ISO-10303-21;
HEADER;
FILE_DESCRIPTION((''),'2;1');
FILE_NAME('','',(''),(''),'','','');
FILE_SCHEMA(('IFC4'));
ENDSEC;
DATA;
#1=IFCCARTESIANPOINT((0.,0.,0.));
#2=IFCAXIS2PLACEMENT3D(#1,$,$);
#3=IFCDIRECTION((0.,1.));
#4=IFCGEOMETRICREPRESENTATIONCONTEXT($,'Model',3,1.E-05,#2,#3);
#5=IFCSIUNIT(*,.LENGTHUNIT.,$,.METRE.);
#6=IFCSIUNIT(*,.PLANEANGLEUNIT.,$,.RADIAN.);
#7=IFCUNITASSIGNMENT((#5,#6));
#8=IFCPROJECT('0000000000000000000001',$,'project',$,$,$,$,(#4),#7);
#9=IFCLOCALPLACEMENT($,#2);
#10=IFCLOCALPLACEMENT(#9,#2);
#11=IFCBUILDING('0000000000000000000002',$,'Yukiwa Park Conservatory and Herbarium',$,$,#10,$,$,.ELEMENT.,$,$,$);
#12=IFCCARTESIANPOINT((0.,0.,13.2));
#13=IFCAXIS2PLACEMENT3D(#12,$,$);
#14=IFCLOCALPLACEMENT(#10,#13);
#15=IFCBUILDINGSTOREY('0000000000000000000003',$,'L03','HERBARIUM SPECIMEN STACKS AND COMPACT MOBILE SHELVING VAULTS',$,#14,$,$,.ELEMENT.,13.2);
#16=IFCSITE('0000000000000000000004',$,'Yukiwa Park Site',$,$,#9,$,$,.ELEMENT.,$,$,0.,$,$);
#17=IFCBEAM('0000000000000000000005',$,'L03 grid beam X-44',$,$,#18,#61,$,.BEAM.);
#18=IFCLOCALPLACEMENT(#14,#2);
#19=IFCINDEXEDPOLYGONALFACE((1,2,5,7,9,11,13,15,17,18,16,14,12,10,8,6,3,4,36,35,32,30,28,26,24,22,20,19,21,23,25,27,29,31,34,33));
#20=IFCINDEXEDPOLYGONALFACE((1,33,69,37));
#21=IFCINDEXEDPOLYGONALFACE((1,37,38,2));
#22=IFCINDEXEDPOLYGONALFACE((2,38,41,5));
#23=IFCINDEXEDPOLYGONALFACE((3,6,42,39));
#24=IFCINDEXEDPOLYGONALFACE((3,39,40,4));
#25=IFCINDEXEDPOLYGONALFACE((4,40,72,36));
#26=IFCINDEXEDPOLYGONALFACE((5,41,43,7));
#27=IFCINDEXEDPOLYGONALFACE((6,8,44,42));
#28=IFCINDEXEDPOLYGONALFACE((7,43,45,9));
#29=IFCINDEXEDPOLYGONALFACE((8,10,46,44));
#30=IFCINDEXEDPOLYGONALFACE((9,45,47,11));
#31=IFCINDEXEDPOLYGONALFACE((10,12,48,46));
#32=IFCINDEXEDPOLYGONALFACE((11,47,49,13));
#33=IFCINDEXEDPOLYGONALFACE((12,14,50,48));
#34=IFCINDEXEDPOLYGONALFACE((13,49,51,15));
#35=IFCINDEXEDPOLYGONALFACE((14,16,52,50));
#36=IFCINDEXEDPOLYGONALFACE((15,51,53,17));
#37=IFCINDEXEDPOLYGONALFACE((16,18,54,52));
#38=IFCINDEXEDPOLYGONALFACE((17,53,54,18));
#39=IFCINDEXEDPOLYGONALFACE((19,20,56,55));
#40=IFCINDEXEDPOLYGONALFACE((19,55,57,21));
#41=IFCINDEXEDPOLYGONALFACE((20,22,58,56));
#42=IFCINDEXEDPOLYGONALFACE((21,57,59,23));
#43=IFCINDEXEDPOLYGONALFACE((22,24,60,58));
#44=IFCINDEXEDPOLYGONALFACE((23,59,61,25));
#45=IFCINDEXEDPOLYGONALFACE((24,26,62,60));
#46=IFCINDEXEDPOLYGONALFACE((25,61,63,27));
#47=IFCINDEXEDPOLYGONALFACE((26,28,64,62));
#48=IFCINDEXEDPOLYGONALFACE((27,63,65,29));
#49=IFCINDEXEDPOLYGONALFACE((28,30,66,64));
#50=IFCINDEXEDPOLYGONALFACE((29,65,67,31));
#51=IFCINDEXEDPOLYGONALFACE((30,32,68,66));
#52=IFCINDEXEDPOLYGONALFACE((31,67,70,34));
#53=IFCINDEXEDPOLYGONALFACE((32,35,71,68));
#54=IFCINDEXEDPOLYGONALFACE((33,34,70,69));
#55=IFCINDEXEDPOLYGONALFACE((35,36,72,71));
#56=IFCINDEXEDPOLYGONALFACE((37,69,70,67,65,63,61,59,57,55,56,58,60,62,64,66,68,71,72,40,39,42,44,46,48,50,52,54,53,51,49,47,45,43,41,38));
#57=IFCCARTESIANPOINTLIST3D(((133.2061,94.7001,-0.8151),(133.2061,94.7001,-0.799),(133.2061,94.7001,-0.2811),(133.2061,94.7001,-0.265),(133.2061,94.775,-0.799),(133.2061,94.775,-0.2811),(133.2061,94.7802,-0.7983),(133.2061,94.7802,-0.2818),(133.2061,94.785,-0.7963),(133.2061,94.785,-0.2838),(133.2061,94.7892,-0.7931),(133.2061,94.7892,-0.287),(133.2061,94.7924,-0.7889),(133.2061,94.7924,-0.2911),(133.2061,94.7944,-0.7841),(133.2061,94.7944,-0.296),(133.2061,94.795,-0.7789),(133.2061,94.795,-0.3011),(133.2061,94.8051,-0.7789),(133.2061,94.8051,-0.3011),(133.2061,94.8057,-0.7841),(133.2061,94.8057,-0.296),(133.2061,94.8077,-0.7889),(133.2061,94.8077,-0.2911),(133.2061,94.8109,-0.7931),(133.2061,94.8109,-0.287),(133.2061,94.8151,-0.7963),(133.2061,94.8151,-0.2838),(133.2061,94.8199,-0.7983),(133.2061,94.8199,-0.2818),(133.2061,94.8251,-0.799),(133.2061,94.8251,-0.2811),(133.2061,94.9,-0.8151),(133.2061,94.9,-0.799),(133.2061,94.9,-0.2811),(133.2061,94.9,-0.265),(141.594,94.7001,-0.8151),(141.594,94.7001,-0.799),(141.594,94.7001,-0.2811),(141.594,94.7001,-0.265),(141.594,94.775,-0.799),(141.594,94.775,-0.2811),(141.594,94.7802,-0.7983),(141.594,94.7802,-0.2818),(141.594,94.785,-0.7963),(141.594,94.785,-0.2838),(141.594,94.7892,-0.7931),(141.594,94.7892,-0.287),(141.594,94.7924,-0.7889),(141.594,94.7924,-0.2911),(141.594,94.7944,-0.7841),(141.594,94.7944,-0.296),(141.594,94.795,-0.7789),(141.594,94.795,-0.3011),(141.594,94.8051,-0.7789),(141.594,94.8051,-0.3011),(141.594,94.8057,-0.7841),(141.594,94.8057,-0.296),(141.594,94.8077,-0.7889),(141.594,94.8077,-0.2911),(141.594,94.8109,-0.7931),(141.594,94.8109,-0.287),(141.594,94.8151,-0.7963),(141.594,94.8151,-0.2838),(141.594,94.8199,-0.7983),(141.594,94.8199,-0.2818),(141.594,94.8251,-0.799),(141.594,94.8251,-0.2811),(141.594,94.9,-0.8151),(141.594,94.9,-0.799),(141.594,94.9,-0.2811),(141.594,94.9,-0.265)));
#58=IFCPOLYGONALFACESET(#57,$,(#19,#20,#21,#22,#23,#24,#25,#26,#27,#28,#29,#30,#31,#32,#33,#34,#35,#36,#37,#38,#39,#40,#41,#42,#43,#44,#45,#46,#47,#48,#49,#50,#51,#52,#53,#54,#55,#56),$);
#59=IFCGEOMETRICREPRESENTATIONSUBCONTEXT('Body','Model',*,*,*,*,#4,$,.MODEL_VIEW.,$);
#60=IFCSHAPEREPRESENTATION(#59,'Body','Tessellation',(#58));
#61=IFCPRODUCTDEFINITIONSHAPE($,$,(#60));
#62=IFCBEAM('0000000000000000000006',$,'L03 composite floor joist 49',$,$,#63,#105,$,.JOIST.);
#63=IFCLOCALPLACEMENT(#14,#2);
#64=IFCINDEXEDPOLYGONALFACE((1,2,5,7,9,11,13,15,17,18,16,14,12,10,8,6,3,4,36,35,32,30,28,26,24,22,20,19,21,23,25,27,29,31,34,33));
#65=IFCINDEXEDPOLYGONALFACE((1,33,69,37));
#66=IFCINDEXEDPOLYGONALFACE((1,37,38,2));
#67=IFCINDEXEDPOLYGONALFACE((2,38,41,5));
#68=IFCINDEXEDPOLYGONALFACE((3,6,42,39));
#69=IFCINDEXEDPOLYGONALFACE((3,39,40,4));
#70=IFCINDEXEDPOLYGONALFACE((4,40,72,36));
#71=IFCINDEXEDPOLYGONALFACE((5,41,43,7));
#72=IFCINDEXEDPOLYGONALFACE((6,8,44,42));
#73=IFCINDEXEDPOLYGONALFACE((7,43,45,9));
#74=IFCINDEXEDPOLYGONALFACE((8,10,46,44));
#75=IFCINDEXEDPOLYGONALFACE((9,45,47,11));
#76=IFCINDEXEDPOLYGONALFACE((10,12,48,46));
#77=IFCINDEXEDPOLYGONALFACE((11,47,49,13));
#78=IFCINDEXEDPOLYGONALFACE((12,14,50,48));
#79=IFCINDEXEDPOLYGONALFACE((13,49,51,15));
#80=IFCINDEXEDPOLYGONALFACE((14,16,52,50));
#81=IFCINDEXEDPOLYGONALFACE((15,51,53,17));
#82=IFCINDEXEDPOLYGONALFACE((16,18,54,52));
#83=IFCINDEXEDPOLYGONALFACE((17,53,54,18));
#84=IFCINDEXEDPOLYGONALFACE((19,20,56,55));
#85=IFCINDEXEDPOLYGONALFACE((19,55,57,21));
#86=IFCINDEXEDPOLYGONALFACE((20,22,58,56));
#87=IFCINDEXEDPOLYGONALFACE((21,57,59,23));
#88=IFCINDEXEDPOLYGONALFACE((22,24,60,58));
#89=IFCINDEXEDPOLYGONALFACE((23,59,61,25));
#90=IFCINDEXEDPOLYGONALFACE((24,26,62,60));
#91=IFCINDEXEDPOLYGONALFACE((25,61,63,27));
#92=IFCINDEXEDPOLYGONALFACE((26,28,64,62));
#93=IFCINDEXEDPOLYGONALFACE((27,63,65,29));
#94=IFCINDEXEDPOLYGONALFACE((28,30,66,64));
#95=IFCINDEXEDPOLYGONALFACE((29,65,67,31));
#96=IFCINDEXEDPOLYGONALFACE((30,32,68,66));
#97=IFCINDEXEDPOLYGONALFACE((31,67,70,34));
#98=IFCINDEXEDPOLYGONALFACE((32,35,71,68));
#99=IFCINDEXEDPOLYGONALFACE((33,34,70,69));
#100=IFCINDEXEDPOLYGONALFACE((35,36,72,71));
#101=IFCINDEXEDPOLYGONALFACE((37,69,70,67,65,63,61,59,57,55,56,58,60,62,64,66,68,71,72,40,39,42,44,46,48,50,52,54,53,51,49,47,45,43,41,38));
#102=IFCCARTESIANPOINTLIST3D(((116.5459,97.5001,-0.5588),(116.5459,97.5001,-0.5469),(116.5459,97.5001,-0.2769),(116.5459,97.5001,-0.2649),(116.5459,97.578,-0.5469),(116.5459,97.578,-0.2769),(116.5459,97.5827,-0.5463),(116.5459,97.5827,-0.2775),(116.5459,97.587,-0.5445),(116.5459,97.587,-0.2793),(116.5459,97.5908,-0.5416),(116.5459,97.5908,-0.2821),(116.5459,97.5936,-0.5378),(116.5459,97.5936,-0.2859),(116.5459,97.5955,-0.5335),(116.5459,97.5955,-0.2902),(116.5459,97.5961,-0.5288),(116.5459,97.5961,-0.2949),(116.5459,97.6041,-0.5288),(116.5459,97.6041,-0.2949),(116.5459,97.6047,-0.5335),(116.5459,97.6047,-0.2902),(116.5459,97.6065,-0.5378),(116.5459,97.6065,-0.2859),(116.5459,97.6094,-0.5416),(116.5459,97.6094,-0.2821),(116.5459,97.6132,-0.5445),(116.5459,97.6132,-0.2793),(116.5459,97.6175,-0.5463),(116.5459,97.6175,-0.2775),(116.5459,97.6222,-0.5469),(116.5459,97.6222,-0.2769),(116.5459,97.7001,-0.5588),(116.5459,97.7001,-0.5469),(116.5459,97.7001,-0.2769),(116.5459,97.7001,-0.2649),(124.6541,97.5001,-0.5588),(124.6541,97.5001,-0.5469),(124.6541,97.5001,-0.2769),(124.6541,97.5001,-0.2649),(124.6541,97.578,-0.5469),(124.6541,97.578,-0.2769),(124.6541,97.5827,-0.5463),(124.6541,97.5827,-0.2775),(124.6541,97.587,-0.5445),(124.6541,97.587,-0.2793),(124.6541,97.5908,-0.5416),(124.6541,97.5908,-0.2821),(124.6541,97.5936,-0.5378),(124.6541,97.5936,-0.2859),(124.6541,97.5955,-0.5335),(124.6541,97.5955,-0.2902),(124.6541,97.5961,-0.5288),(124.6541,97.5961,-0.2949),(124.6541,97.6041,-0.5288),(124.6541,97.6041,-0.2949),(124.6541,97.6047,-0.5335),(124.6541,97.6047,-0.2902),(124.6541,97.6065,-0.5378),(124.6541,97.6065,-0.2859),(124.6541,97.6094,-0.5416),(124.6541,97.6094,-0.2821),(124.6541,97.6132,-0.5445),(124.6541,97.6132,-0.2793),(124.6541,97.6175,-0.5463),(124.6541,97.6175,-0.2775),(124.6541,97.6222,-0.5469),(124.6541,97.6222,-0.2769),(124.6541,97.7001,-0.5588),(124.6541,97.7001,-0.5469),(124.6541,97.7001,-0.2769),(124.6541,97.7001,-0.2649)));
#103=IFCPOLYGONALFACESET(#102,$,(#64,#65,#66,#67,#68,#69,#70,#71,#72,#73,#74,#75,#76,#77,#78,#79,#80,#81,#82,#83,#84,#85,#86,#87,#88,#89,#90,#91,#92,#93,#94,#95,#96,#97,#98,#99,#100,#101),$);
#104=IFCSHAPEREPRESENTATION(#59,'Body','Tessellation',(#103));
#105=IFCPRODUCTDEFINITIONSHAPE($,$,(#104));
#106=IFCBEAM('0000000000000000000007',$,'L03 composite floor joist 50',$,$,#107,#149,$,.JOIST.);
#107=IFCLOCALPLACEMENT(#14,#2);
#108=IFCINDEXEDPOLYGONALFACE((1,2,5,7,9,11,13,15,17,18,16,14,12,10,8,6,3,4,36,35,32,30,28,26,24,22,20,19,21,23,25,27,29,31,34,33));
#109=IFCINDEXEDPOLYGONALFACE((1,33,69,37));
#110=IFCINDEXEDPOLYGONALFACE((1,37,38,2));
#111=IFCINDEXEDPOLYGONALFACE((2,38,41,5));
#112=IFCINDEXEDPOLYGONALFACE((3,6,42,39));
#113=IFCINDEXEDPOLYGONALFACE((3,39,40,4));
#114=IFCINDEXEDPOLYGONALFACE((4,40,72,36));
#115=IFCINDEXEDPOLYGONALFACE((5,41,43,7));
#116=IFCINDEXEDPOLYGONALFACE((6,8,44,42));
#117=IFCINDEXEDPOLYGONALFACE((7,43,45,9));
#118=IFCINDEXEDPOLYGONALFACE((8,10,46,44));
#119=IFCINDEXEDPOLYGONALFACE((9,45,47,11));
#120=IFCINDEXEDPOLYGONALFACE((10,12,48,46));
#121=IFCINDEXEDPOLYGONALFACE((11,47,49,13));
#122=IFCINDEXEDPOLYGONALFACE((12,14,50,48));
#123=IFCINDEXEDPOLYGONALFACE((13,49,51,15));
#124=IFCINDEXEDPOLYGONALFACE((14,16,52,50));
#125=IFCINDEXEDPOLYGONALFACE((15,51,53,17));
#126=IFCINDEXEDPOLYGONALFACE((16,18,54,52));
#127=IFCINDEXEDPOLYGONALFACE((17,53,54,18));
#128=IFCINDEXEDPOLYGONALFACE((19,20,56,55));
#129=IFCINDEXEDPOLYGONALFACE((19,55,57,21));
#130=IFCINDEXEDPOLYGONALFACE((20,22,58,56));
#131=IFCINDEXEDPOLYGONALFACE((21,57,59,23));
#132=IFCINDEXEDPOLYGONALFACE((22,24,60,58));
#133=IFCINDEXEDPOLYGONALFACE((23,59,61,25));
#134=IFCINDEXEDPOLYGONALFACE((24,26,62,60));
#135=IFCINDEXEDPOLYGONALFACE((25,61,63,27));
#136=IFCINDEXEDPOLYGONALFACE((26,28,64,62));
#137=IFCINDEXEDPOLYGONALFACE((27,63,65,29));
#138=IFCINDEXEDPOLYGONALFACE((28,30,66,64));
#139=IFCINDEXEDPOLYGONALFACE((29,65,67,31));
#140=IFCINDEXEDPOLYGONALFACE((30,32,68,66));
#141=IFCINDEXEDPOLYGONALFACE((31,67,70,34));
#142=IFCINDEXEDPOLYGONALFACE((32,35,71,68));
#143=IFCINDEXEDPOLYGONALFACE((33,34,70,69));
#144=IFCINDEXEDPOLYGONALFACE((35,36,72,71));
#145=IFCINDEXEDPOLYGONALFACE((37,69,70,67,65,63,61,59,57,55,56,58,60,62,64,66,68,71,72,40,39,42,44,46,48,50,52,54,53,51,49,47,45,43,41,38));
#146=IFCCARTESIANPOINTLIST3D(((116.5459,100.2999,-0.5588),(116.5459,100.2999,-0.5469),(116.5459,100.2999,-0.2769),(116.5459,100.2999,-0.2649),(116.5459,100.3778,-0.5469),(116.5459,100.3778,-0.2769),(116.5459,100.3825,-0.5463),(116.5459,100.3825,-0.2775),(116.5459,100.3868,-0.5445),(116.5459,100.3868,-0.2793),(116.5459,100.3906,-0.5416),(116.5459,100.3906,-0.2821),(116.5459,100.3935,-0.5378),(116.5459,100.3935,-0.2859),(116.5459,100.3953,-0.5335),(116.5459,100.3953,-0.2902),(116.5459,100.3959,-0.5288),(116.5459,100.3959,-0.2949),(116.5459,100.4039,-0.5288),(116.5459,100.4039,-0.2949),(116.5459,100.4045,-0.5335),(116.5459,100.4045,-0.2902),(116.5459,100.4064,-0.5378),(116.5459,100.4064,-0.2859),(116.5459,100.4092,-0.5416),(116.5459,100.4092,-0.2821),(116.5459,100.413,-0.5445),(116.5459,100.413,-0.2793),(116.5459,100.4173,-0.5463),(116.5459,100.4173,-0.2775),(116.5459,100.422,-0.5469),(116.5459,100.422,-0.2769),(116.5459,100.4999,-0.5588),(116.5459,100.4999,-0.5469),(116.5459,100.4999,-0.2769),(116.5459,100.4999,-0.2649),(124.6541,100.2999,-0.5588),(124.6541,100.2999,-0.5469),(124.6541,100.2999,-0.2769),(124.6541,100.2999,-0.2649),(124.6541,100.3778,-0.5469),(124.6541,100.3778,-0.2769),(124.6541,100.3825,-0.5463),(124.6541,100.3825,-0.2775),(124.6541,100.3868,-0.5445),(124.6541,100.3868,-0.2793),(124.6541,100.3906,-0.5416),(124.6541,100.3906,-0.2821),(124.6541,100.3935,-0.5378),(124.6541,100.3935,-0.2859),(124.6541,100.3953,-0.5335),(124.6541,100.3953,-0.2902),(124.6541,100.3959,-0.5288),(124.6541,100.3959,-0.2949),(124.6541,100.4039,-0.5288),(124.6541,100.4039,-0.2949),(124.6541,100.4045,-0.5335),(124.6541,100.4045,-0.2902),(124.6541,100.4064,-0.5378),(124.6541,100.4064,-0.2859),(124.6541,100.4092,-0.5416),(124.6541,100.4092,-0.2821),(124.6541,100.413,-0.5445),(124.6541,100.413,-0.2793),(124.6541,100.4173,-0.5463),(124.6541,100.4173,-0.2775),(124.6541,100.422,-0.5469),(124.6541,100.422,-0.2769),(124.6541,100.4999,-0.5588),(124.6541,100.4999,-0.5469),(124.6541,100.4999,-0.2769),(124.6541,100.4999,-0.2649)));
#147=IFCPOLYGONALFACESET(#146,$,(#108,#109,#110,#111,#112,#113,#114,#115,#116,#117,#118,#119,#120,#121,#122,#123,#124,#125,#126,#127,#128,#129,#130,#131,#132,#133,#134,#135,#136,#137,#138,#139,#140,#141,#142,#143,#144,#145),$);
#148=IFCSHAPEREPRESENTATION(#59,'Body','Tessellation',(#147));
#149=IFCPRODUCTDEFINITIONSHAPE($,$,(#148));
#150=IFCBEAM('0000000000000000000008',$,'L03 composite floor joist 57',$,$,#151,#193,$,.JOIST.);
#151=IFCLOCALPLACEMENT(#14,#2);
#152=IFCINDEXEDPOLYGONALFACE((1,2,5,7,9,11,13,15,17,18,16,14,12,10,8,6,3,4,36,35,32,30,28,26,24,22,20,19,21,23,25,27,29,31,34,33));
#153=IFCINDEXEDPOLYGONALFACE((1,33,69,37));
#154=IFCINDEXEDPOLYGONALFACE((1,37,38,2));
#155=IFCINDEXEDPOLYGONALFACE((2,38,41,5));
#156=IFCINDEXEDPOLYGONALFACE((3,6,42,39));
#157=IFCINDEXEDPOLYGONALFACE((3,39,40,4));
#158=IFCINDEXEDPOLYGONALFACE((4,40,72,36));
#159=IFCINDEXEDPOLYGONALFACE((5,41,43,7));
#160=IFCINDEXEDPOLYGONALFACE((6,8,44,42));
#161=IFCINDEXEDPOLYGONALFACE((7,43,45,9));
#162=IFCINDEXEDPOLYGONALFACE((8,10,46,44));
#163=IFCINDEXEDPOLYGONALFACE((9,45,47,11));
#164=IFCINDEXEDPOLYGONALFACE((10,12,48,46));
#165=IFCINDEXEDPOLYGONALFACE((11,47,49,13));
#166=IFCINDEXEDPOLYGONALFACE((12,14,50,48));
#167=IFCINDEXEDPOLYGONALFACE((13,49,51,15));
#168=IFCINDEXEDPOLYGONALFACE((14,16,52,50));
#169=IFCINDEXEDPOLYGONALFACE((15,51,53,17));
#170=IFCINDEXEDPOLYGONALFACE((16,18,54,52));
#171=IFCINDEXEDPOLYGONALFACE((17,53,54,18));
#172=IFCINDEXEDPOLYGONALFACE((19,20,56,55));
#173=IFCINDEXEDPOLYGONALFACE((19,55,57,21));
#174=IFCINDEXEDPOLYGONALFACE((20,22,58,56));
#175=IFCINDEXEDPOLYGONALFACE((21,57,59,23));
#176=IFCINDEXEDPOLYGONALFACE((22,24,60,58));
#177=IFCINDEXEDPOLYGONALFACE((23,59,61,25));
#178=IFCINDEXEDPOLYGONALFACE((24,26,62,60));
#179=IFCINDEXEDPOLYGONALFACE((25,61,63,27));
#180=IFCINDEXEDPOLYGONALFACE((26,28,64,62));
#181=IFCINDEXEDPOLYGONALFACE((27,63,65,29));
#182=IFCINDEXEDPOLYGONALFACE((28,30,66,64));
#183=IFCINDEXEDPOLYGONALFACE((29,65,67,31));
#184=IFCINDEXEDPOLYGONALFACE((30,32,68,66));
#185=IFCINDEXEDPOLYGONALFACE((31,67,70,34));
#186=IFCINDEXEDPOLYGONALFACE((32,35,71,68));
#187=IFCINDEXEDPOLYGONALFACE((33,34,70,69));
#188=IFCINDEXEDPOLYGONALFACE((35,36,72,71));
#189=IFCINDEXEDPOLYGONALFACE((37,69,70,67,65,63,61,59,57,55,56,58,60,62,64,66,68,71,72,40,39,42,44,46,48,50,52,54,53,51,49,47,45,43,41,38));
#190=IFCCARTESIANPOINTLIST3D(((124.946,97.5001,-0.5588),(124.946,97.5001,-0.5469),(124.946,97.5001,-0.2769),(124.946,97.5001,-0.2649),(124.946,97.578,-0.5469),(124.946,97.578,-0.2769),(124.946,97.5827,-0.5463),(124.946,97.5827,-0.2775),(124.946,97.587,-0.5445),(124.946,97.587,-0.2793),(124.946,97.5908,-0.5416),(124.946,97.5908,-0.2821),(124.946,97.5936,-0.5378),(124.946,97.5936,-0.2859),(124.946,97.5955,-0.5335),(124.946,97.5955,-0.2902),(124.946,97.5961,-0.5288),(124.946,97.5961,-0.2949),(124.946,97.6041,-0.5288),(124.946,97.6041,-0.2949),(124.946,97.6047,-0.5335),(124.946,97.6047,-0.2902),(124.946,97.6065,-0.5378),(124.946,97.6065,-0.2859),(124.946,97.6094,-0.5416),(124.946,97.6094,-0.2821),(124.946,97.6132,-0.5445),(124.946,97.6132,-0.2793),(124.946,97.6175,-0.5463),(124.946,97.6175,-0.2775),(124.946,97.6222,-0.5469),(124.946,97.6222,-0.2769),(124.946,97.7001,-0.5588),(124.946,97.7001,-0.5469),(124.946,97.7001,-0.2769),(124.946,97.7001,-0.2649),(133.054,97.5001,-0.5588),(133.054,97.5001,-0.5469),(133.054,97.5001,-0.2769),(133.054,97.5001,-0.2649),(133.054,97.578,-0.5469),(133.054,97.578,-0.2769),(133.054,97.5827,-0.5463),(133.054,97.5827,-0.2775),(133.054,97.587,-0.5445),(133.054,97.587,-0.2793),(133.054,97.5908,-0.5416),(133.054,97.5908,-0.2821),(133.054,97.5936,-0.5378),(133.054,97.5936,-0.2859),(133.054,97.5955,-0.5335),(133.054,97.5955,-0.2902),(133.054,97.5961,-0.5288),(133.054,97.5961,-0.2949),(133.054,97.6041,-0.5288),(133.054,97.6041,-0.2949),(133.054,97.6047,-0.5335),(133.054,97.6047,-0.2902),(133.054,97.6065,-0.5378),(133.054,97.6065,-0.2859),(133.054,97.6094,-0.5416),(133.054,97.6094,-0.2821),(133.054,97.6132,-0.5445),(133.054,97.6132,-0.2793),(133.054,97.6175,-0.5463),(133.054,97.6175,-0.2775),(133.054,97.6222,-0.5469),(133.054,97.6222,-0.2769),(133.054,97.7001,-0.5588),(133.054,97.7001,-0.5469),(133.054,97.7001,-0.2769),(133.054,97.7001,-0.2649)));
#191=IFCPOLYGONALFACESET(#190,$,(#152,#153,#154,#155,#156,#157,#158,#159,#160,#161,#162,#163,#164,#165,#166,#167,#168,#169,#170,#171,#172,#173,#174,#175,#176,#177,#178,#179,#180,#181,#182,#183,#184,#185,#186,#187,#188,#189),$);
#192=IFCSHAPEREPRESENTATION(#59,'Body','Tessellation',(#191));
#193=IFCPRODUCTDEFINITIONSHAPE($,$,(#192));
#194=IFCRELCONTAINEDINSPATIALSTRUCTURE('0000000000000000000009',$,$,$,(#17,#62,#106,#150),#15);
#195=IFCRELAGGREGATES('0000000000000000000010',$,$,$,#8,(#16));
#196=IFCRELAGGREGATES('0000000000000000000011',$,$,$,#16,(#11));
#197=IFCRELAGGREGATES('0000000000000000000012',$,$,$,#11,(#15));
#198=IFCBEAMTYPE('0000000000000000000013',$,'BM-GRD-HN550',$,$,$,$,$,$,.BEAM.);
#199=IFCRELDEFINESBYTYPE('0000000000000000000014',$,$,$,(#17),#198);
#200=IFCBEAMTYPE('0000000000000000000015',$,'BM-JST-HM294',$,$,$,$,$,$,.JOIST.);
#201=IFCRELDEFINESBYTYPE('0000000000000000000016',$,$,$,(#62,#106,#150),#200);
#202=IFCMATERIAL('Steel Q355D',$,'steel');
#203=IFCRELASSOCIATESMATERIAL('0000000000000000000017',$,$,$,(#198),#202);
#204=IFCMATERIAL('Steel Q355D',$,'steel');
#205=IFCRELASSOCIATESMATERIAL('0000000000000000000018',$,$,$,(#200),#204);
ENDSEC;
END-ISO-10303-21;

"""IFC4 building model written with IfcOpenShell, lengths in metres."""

from ifc_helpers import new_model, si_unit, direction, frame, origin, origin_2d, place, context, subcontext, project, spatial, i_section, extrude, material, material_profile, profile_set, type_object, element, save


model = new_model("IFC4")

# Units and contexts
model_context = context("Model", 3, precision=1e-05, world=origin(), true_north=direction((0.0, 1.0)))
body_context = subcontext(model_context, "Body", "Model", "MODEL_VIEW")
ifc_project = project(units=[si_unit("LENGTHUNIT", "METRE"), si_unit("PLANEANGLEUNIT", "RADIAN")], contexts=[model_context])

# Site, building, storey
site_placement = place(None, origin())
site = spatial("IfcSite", under=ifc_project, at=site_placement, Name="Yukiwa Park Site", CompositionType="ELEMENT", RefElevation=0.0)
building_placement = place(site_placement, origin())
building = spatial("IfcBuilding", under=site, at=building_placement, Name="Yukiwa Park Conservatory and Herbarium", CompositionType="ELEMENT")
storey_placement = place(building_placement, frame((0.0, 0.0, 13.2)))
storey = spatial("IfcBuildingStorey", under=building, at=storey_placement, Name="L03", Description="HERBARIUM SPECIMEN STACKS AND COMPACT MOBILE SHELVING VAULTS", CompositionType="ELEMENT", Elevation=13.2)

# Beams
ifc_material_1 = material(Name="Steel Q355D", Category="steel")
ifc_material_profile_1 = material_profile(ifc_material_1, i_section(OverallWidth=0.2, OverallDepth=0.55, WebThickness=0.01, FlangeThickness=0.0161, FilletRadius=0.02, at=origin_2d()), Name="HN 550x200x10x16")
ifc_profile_set_1 = profile_set([ifc_material_profile_1], Name="Steel Q355D")
beam_type_1 = type_object("IfcBeamType", Name="BM-GRD-HN550", PredefinedType="BEAM", material=ifc_profile_set_1)
beam_1_placement = place(storey_placement, frame((133.2061, 94.8, -0.54), z_axis=(1.0, 0.0, 0.0), x_axis=(0.0, 1.0, 0.0)))
element("IfcBeam", 1, at=beam_1_placement, inside=storey, type_object=beam_type_1, Name="L03 grid beam X-44", PredefinedType="BEAM", context=body_context, shape_type="SweptSolid", body=[
    extrude(i_section(OverallWidth=0.2, OverallDepth=0.55, WebThickness=0.01, FlangeThickness=0.0161, FilletRadius=0.02, at=origin_2d()), origin(), (0.0, 0.0, 1.0), 8.3879),
])
ifc_material_2 = material(Name="Steel Q355D", Category="steel")
ifc_material_profile_2 = material_profile(ifc_material_2, i_section(OverallWidth=0.2, OverallDepth=0.2939, WebThickness=0.0081, FlangeThickness=0.012, FilletRadius=0.0181, at=origin_2d()), Name="HM 294x200x8x12")
ifc_profile_set_2 = profile_set([ifc_material_profile_2], Name="Steel Q355D")
beam_type_2 = type_object("IfcBeamType", Name="BM-JST-HM294", PredefinedType="JOIST", material=ifc_profile_set_2)
for number, where, z_axis, x_axis, name in (
    (2, (116.5459, 97.6001, -0.4119), (1.0, 0.0, 0.0), (0.0, 1.0, 0.0), "L03 composite floor joist 49"),
    (3, (116.5459, 100.3999, -0.4119), (1.0, 0.0, 0.0), (0.0, 1.0, 0.0), "L03 composite floor joist 50"),
):
    element("IfcBeam", number, at=place(storey_placement, frame(where, z_axis=z_axis, x_axis=x_axis)), inside=storey, type_object=beam_type_2, Name=name, PredefinedType="JOIST", context=body_context, shape_type="SweptSolid", body=[
        extrude(i_section(OverallWidth=0.2, OverallDepth=0.2939, WebThickness=0.0081, FlangeThickness=0.012, FilletRadius=0.0181, at=origin_2d()), origin(), (0.0, 0.0, 1.0), 8.1082),
    ])
for number, where, z_axis, x_axis, name in (
    (4, (124.946, 97.6001, -0.4119), (1.0, 0.0, 0.0), (0.0, 1.0, 0.0), "L03 composite floor joist 57"),
):
    element("IfcBeam", number, at=place(storey_placement, frame(where, z_axis=z_axis, x_axis=x_axis)), inside=storey, type_object=beam_type_2, Name=name, PredefinedType="JOIST", context=body_context, shape_type="SweptSolid", body=[
        extrude(i_section(OverallWidth=0.2, OverallDepth=0.2939, WebThickness=0.0081, FlangeThickness=0.012, FilletRadius=0.0181, at=origin_2d()), origin(), (0.0, 0.0, 1.0), 8.1079),
    ])

save(model, "model.ifc")
